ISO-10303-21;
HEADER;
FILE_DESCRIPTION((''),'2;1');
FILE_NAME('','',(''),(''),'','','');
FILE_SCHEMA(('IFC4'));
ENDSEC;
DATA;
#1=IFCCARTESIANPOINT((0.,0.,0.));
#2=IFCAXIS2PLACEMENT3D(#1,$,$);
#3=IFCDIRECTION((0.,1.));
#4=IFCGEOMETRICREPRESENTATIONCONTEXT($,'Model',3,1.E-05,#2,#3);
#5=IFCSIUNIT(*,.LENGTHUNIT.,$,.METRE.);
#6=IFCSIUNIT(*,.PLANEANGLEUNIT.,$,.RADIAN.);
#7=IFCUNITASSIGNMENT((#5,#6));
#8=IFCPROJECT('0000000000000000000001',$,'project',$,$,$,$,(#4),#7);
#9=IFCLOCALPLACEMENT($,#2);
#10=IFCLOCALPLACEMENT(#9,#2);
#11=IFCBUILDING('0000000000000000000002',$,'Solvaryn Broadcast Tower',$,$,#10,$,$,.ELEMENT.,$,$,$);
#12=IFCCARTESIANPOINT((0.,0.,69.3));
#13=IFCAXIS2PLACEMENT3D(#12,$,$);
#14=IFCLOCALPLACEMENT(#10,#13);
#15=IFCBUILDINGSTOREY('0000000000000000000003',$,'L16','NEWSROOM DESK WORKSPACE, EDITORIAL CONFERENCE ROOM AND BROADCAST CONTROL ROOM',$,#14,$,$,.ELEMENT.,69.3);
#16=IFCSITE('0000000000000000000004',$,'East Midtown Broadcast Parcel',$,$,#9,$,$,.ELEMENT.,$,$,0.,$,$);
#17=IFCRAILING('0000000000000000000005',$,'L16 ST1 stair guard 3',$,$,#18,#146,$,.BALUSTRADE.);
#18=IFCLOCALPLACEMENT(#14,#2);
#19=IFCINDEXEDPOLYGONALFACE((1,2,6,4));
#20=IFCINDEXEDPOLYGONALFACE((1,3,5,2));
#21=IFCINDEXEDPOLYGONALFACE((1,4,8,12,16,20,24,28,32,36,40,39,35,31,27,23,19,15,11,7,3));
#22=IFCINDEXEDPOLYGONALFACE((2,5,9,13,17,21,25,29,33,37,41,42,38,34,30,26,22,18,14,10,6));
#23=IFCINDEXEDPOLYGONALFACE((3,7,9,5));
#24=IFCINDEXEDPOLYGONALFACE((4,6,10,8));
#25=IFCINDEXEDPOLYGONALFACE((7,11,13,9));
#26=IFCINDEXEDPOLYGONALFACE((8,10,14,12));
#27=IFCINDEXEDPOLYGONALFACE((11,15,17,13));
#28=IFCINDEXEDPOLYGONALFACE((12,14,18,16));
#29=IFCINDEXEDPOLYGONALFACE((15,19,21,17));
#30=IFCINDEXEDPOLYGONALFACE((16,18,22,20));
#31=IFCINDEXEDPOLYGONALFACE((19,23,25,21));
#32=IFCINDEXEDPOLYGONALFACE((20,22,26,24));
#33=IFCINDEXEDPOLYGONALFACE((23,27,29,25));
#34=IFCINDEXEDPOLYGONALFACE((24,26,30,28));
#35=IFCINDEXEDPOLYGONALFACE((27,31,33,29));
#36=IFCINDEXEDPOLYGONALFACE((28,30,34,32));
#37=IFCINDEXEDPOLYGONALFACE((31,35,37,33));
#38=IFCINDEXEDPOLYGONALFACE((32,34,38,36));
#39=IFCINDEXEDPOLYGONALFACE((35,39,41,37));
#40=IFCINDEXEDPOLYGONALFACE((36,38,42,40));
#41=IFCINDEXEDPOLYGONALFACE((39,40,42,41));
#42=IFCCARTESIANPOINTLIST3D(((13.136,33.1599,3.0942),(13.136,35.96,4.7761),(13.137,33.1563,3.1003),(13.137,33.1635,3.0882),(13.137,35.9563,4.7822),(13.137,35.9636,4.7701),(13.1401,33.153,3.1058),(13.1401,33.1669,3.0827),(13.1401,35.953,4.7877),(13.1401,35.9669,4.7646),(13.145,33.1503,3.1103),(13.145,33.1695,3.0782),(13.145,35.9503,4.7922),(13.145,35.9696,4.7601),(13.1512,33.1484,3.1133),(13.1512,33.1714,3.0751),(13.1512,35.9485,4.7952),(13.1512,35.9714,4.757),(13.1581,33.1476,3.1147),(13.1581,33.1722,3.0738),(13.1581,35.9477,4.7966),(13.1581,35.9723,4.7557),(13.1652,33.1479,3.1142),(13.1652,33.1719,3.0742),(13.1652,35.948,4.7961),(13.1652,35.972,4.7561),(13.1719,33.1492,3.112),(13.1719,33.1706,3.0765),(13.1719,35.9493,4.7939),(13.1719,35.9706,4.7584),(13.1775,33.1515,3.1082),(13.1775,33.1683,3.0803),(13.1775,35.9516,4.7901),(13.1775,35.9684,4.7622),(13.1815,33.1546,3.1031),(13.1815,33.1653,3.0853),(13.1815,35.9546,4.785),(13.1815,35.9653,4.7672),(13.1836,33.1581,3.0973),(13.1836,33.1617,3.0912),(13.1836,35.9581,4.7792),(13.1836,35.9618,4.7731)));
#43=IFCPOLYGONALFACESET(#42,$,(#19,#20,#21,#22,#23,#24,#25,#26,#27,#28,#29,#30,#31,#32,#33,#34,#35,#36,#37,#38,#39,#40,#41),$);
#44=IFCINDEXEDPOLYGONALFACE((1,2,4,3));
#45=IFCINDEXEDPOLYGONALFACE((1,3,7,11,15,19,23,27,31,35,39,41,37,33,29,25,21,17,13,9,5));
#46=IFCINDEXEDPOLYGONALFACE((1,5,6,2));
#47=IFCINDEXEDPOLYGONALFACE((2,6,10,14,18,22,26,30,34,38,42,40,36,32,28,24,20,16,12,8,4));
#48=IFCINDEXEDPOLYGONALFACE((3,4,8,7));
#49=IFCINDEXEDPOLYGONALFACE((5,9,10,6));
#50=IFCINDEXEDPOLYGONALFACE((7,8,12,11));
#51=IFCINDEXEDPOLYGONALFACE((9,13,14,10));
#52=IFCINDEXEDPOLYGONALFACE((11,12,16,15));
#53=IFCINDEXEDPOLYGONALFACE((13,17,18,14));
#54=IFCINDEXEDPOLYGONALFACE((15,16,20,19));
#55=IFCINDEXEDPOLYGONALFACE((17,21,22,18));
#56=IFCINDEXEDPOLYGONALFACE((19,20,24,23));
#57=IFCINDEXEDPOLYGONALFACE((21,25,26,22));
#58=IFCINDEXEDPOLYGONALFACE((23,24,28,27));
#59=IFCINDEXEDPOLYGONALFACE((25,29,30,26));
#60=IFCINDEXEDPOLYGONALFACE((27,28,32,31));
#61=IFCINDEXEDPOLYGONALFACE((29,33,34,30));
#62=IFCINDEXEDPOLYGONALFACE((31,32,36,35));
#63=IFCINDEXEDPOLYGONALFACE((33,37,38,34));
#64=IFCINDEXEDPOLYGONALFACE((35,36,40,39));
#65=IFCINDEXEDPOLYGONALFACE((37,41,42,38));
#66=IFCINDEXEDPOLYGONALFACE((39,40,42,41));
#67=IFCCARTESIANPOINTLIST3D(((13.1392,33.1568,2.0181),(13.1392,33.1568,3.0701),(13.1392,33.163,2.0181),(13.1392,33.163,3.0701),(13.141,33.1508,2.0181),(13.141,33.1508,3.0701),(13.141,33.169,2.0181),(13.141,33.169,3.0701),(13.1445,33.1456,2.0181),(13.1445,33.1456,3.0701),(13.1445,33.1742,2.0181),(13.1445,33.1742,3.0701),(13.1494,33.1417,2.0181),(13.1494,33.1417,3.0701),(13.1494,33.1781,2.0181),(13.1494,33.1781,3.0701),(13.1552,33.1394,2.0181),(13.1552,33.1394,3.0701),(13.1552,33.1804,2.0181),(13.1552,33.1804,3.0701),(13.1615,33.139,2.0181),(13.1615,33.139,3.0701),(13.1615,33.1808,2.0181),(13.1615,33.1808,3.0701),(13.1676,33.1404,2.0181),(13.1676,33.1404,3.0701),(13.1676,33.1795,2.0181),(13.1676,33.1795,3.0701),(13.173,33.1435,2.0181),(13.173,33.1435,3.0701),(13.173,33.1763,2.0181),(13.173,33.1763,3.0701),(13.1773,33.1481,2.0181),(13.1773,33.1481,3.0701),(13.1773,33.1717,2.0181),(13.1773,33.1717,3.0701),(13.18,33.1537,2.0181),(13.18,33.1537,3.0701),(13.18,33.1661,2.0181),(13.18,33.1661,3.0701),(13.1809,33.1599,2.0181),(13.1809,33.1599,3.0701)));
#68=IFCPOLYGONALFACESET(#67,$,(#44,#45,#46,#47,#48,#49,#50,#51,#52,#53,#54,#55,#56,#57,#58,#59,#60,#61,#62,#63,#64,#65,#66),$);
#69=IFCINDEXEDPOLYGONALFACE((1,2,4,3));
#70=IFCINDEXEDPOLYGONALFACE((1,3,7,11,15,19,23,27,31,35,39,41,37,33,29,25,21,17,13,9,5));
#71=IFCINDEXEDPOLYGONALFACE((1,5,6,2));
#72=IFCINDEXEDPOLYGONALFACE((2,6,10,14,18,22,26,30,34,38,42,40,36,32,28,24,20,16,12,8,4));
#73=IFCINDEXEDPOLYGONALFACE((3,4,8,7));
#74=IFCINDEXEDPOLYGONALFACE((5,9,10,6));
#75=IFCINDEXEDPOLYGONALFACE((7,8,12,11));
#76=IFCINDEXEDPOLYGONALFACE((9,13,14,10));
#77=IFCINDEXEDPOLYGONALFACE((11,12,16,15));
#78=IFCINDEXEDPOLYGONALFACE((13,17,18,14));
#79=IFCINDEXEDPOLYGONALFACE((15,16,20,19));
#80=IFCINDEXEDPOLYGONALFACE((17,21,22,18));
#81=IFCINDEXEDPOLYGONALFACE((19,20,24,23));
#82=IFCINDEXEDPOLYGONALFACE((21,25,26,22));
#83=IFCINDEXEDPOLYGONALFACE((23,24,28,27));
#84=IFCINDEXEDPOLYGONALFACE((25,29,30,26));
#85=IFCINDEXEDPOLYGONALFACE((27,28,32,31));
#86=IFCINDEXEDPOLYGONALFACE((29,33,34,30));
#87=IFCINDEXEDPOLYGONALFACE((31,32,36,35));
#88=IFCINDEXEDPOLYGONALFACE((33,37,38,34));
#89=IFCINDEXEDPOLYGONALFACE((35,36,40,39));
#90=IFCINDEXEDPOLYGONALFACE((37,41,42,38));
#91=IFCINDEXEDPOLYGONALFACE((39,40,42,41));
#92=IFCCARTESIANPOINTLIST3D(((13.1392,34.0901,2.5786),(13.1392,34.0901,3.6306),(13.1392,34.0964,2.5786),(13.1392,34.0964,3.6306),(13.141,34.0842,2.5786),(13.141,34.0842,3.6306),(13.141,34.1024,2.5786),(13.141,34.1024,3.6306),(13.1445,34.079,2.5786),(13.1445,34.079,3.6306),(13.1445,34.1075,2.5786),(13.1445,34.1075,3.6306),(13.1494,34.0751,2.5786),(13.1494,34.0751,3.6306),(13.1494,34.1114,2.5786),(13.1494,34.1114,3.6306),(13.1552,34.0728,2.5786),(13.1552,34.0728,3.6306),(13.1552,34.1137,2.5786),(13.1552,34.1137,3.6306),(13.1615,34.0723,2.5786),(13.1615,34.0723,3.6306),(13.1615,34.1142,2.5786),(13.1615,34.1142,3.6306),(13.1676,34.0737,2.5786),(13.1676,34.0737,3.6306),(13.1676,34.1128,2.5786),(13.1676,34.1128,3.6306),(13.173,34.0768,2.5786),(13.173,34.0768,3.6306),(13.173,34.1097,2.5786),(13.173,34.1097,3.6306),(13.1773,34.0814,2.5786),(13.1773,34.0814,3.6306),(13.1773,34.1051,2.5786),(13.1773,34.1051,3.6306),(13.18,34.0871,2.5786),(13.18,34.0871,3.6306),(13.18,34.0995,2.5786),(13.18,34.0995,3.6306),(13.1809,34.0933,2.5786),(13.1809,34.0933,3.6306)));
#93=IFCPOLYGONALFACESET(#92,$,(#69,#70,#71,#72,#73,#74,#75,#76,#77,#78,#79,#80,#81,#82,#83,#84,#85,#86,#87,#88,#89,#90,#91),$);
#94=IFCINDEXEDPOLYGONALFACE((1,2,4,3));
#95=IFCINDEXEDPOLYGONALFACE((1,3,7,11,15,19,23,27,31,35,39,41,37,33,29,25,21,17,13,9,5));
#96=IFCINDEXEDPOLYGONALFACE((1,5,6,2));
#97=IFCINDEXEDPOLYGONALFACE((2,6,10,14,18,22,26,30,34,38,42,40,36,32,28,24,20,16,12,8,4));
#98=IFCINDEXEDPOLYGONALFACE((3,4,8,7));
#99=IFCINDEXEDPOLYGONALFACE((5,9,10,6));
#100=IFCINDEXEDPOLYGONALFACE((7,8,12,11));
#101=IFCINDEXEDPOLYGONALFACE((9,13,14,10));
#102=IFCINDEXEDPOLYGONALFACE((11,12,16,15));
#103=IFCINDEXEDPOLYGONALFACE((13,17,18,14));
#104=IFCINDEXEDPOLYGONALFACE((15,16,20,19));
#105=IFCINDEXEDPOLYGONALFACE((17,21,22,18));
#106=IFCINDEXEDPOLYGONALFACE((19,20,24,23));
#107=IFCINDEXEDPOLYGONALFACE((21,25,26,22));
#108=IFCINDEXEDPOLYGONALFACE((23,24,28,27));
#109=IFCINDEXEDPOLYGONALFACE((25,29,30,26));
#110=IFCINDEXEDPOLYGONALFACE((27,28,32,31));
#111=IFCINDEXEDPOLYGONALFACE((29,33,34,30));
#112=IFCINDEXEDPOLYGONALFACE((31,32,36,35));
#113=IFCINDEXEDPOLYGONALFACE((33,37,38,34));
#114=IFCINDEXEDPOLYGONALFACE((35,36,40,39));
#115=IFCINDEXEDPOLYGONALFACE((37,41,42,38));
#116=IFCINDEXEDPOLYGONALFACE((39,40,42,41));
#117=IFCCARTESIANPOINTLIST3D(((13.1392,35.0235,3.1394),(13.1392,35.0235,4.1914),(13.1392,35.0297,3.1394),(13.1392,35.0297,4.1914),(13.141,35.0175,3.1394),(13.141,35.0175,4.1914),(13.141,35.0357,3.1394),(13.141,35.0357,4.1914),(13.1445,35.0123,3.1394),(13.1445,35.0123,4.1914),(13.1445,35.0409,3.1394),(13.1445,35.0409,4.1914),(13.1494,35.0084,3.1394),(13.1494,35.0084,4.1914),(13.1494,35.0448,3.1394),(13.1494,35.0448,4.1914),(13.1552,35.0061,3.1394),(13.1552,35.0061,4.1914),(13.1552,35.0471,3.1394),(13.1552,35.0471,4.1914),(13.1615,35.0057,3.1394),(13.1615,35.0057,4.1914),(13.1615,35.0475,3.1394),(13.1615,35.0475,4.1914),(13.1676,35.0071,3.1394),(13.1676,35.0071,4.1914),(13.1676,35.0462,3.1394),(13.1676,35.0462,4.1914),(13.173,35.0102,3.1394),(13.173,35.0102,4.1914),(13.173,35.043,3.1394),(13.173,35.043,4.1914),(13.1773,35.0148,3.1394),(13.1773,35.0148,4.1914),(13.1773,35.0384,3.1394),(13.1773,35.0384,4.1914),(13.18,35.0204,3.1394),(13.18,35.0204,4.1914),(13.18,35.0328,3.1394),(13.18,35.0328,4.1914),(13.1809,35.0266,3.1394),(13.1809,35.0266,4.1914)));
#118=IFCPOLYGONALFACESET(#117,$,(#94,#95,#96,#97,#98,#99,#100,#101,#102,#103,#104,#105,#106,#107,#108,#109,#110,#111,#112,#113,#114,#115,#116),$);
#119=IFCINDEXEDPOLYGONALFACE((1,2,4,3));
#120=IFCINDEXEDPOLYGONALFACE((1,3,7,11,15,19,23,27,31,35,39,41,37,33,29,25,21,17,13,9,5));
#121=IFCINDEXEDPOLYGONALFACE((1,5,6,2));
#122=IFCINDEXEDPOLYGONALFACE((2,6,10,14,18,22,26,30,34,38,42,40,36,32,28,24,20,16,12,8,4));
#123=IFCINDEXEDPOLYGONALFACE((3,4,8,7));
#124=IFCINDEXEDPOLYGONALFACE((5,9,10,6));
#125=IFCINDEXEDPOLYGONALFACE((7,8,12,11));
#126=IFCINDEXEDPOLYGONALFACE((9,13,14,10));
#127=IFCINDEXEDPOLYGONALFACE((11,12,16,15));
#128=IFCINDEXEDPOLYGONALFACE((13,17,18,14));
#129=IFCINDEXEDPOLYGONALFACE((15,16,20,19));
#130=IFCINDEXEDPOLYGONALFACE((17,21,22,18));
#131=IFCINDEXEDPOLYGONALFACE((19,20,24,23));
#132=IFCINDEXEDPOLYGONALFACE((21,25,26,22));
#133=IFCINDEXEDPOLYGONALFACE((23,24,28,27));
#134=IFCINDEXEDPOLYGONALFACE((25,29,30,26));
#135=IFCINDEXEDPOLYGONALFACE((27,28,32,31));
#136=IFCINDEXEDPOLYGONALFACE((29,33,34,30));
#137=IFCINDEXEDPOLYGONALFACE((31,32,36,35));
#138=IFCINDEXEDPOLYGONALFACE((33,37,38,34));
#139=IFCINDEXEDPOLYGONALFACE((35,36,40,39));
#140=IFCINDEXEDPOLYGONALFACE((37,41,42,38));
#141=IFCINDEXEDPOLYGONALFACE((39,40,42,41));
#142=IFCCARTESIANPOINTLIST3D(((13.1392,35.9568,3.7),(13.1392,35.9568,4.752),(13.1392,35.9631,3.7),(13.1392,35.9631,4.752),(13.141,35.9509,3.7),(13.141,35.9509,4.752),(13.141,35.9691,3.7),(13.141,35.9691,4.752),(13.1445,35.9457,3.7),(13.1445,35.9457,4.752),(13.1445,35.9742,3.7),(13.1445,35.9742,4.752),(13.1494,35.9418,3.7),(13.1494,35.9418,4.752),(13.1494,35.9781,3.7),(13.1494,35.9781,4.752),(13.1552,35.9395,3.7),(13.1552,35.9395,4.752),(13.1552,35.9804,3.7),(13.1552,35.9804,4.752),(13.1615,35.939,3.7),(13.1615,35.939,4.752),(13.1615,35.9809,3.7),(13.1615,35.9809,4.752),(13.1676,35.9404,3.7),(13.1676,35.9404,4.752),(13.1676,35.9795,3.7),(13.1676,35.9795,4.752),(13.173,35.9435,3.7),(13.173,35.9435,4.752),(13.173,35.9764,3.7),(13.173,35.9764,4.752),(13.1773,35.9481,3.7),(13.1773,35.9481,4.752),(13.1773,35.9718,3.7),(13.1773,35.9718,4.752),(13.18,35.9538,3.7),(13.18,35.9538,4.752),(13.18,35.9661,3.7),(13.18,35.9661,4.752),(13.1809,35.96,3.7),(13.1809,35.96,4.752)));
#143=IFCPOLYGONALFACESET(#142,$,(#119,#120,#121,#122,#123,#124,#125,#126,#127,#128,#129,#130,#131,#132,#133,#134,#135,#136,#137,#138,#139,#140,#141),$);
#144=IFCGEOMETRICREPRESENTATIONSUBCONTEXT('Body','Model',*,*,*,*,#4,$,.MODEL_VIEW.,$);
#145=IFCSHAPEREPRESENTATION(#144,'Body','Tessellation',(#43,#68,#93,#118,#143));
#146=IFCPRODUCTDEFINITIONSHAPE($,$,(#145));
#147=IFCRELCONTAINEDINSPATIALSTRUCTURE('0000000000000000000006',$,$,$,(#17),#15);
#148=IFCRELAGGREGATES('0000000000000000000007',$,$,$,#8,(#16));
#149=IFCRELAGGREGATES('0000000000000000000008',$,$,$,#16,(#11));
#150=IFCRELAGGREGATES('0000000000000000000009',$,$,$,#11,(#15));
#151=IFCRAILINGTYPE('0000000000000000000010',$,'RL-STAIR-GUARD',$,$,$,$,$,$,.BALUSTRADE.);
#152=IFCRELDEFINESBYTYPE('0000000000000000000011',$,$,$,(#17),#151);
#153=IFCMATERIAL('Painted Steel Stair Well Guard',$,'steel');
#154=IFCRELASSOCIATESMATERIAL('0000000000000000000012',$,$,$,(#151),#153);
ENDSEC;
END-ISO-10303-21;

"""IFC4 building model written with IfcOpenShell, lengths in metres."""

from ifc_helpers import new_model, si_unit, direction, frame, origin, origin_2d, place, context, subcontext, project, spatial, circle, extrude, material, type_object, element, save


model = new_model("IFC4")

# Units and contexts
model_context = context("Model", 3, precision=1e-05, world=origin(), true_north=direction((0.0, 1.0)))
body_context = subcontext(model_context, "Body", "Model", "MODEL_VIEW")
ifc_project = project(units=[si_unit("LENGTHUNIT", "METRE"), si_unit("PLANEANGLEUNIT", "RADIAN")], contexts=[model_context])

# Site, building, storey
site_placement = place(None, origin())
site = spatial("IfcSite", under=ifc_project, at=site_placement, Name="East Midtown Broadcast Parcel", CompositionType="ELEMENT", RefElevation=0.0)
building_placement = place(site_placement, origin())
building = spatial("IfcBuilding", under=site, at=building_placement, Name="Solvaryn Broadcast Tower", CompositionType="ELEMENT")
storey_placement = place(building_placement, frame((0.0, 0.0, 69.3)))
storey = spatial("IfcBuildingStorey", under=building, at=storey_placement, Name="L16", Description="NEWSROOM DESK WORKSPACE, EDITORIAL CONFERENCE ROOM AND BROADCAST CONTROL ROOM", CompositionType="ELEMENT", Elevation=69.3)

# Railing
ifc_material_1 = material(Name="Painted Steel Stair Well Guard", Category="steel")
railing_type_1 = type_object("IfcRailingType", Name="RL-STAIR-GUARD", PredefinedType="BALUSTRADE", material=ifc_material_1)
railing_1_placement = place(storey_placement, frame((13.1599, 33.1599, 2.0181)))
element("IfcRailing", 1, at=railing_1_placement, inside=storey, type_object=railing_type_1, Name="L16 ST1 stair guard 3", PredefinedType="BALUSTRADE", context=body_context, shape_type="SweptSolid", body=[
    extrude(circle(Radius=0.0239, at=origin_2d()), frame((0.0, 0.0, 1.0762), z_axis=(0.0, 0.857242, 0.514913), x_axis=(-1.0, 0.0, 0.0)), (0.0, 0.0, 1.0), 3.2664),
    extrude(circle(Radius=0.021, at=origin_2d()), origin(), (0.0, 0.0, 1.0), 1.052),
    extrude(circle(Radius=0.021, at=origin_2d()), frame((0.0, 0.9333, 0.5605)), (0.0, 0.0, 1.0), 1.052),
    extrude(circle(Radius=0.021, at=origin_2d()), frame((0.0, 1.8667, 1.1213)), (0.0, 0.0, 1.0), 1.052),
    extrude(circle(Radius=0.021, at=origin_2d()), frame((0.0, 2.8, 1.6819)), (0.0, 0.0, 1.0), 1.052),
])

save(model, "model.ifc")
